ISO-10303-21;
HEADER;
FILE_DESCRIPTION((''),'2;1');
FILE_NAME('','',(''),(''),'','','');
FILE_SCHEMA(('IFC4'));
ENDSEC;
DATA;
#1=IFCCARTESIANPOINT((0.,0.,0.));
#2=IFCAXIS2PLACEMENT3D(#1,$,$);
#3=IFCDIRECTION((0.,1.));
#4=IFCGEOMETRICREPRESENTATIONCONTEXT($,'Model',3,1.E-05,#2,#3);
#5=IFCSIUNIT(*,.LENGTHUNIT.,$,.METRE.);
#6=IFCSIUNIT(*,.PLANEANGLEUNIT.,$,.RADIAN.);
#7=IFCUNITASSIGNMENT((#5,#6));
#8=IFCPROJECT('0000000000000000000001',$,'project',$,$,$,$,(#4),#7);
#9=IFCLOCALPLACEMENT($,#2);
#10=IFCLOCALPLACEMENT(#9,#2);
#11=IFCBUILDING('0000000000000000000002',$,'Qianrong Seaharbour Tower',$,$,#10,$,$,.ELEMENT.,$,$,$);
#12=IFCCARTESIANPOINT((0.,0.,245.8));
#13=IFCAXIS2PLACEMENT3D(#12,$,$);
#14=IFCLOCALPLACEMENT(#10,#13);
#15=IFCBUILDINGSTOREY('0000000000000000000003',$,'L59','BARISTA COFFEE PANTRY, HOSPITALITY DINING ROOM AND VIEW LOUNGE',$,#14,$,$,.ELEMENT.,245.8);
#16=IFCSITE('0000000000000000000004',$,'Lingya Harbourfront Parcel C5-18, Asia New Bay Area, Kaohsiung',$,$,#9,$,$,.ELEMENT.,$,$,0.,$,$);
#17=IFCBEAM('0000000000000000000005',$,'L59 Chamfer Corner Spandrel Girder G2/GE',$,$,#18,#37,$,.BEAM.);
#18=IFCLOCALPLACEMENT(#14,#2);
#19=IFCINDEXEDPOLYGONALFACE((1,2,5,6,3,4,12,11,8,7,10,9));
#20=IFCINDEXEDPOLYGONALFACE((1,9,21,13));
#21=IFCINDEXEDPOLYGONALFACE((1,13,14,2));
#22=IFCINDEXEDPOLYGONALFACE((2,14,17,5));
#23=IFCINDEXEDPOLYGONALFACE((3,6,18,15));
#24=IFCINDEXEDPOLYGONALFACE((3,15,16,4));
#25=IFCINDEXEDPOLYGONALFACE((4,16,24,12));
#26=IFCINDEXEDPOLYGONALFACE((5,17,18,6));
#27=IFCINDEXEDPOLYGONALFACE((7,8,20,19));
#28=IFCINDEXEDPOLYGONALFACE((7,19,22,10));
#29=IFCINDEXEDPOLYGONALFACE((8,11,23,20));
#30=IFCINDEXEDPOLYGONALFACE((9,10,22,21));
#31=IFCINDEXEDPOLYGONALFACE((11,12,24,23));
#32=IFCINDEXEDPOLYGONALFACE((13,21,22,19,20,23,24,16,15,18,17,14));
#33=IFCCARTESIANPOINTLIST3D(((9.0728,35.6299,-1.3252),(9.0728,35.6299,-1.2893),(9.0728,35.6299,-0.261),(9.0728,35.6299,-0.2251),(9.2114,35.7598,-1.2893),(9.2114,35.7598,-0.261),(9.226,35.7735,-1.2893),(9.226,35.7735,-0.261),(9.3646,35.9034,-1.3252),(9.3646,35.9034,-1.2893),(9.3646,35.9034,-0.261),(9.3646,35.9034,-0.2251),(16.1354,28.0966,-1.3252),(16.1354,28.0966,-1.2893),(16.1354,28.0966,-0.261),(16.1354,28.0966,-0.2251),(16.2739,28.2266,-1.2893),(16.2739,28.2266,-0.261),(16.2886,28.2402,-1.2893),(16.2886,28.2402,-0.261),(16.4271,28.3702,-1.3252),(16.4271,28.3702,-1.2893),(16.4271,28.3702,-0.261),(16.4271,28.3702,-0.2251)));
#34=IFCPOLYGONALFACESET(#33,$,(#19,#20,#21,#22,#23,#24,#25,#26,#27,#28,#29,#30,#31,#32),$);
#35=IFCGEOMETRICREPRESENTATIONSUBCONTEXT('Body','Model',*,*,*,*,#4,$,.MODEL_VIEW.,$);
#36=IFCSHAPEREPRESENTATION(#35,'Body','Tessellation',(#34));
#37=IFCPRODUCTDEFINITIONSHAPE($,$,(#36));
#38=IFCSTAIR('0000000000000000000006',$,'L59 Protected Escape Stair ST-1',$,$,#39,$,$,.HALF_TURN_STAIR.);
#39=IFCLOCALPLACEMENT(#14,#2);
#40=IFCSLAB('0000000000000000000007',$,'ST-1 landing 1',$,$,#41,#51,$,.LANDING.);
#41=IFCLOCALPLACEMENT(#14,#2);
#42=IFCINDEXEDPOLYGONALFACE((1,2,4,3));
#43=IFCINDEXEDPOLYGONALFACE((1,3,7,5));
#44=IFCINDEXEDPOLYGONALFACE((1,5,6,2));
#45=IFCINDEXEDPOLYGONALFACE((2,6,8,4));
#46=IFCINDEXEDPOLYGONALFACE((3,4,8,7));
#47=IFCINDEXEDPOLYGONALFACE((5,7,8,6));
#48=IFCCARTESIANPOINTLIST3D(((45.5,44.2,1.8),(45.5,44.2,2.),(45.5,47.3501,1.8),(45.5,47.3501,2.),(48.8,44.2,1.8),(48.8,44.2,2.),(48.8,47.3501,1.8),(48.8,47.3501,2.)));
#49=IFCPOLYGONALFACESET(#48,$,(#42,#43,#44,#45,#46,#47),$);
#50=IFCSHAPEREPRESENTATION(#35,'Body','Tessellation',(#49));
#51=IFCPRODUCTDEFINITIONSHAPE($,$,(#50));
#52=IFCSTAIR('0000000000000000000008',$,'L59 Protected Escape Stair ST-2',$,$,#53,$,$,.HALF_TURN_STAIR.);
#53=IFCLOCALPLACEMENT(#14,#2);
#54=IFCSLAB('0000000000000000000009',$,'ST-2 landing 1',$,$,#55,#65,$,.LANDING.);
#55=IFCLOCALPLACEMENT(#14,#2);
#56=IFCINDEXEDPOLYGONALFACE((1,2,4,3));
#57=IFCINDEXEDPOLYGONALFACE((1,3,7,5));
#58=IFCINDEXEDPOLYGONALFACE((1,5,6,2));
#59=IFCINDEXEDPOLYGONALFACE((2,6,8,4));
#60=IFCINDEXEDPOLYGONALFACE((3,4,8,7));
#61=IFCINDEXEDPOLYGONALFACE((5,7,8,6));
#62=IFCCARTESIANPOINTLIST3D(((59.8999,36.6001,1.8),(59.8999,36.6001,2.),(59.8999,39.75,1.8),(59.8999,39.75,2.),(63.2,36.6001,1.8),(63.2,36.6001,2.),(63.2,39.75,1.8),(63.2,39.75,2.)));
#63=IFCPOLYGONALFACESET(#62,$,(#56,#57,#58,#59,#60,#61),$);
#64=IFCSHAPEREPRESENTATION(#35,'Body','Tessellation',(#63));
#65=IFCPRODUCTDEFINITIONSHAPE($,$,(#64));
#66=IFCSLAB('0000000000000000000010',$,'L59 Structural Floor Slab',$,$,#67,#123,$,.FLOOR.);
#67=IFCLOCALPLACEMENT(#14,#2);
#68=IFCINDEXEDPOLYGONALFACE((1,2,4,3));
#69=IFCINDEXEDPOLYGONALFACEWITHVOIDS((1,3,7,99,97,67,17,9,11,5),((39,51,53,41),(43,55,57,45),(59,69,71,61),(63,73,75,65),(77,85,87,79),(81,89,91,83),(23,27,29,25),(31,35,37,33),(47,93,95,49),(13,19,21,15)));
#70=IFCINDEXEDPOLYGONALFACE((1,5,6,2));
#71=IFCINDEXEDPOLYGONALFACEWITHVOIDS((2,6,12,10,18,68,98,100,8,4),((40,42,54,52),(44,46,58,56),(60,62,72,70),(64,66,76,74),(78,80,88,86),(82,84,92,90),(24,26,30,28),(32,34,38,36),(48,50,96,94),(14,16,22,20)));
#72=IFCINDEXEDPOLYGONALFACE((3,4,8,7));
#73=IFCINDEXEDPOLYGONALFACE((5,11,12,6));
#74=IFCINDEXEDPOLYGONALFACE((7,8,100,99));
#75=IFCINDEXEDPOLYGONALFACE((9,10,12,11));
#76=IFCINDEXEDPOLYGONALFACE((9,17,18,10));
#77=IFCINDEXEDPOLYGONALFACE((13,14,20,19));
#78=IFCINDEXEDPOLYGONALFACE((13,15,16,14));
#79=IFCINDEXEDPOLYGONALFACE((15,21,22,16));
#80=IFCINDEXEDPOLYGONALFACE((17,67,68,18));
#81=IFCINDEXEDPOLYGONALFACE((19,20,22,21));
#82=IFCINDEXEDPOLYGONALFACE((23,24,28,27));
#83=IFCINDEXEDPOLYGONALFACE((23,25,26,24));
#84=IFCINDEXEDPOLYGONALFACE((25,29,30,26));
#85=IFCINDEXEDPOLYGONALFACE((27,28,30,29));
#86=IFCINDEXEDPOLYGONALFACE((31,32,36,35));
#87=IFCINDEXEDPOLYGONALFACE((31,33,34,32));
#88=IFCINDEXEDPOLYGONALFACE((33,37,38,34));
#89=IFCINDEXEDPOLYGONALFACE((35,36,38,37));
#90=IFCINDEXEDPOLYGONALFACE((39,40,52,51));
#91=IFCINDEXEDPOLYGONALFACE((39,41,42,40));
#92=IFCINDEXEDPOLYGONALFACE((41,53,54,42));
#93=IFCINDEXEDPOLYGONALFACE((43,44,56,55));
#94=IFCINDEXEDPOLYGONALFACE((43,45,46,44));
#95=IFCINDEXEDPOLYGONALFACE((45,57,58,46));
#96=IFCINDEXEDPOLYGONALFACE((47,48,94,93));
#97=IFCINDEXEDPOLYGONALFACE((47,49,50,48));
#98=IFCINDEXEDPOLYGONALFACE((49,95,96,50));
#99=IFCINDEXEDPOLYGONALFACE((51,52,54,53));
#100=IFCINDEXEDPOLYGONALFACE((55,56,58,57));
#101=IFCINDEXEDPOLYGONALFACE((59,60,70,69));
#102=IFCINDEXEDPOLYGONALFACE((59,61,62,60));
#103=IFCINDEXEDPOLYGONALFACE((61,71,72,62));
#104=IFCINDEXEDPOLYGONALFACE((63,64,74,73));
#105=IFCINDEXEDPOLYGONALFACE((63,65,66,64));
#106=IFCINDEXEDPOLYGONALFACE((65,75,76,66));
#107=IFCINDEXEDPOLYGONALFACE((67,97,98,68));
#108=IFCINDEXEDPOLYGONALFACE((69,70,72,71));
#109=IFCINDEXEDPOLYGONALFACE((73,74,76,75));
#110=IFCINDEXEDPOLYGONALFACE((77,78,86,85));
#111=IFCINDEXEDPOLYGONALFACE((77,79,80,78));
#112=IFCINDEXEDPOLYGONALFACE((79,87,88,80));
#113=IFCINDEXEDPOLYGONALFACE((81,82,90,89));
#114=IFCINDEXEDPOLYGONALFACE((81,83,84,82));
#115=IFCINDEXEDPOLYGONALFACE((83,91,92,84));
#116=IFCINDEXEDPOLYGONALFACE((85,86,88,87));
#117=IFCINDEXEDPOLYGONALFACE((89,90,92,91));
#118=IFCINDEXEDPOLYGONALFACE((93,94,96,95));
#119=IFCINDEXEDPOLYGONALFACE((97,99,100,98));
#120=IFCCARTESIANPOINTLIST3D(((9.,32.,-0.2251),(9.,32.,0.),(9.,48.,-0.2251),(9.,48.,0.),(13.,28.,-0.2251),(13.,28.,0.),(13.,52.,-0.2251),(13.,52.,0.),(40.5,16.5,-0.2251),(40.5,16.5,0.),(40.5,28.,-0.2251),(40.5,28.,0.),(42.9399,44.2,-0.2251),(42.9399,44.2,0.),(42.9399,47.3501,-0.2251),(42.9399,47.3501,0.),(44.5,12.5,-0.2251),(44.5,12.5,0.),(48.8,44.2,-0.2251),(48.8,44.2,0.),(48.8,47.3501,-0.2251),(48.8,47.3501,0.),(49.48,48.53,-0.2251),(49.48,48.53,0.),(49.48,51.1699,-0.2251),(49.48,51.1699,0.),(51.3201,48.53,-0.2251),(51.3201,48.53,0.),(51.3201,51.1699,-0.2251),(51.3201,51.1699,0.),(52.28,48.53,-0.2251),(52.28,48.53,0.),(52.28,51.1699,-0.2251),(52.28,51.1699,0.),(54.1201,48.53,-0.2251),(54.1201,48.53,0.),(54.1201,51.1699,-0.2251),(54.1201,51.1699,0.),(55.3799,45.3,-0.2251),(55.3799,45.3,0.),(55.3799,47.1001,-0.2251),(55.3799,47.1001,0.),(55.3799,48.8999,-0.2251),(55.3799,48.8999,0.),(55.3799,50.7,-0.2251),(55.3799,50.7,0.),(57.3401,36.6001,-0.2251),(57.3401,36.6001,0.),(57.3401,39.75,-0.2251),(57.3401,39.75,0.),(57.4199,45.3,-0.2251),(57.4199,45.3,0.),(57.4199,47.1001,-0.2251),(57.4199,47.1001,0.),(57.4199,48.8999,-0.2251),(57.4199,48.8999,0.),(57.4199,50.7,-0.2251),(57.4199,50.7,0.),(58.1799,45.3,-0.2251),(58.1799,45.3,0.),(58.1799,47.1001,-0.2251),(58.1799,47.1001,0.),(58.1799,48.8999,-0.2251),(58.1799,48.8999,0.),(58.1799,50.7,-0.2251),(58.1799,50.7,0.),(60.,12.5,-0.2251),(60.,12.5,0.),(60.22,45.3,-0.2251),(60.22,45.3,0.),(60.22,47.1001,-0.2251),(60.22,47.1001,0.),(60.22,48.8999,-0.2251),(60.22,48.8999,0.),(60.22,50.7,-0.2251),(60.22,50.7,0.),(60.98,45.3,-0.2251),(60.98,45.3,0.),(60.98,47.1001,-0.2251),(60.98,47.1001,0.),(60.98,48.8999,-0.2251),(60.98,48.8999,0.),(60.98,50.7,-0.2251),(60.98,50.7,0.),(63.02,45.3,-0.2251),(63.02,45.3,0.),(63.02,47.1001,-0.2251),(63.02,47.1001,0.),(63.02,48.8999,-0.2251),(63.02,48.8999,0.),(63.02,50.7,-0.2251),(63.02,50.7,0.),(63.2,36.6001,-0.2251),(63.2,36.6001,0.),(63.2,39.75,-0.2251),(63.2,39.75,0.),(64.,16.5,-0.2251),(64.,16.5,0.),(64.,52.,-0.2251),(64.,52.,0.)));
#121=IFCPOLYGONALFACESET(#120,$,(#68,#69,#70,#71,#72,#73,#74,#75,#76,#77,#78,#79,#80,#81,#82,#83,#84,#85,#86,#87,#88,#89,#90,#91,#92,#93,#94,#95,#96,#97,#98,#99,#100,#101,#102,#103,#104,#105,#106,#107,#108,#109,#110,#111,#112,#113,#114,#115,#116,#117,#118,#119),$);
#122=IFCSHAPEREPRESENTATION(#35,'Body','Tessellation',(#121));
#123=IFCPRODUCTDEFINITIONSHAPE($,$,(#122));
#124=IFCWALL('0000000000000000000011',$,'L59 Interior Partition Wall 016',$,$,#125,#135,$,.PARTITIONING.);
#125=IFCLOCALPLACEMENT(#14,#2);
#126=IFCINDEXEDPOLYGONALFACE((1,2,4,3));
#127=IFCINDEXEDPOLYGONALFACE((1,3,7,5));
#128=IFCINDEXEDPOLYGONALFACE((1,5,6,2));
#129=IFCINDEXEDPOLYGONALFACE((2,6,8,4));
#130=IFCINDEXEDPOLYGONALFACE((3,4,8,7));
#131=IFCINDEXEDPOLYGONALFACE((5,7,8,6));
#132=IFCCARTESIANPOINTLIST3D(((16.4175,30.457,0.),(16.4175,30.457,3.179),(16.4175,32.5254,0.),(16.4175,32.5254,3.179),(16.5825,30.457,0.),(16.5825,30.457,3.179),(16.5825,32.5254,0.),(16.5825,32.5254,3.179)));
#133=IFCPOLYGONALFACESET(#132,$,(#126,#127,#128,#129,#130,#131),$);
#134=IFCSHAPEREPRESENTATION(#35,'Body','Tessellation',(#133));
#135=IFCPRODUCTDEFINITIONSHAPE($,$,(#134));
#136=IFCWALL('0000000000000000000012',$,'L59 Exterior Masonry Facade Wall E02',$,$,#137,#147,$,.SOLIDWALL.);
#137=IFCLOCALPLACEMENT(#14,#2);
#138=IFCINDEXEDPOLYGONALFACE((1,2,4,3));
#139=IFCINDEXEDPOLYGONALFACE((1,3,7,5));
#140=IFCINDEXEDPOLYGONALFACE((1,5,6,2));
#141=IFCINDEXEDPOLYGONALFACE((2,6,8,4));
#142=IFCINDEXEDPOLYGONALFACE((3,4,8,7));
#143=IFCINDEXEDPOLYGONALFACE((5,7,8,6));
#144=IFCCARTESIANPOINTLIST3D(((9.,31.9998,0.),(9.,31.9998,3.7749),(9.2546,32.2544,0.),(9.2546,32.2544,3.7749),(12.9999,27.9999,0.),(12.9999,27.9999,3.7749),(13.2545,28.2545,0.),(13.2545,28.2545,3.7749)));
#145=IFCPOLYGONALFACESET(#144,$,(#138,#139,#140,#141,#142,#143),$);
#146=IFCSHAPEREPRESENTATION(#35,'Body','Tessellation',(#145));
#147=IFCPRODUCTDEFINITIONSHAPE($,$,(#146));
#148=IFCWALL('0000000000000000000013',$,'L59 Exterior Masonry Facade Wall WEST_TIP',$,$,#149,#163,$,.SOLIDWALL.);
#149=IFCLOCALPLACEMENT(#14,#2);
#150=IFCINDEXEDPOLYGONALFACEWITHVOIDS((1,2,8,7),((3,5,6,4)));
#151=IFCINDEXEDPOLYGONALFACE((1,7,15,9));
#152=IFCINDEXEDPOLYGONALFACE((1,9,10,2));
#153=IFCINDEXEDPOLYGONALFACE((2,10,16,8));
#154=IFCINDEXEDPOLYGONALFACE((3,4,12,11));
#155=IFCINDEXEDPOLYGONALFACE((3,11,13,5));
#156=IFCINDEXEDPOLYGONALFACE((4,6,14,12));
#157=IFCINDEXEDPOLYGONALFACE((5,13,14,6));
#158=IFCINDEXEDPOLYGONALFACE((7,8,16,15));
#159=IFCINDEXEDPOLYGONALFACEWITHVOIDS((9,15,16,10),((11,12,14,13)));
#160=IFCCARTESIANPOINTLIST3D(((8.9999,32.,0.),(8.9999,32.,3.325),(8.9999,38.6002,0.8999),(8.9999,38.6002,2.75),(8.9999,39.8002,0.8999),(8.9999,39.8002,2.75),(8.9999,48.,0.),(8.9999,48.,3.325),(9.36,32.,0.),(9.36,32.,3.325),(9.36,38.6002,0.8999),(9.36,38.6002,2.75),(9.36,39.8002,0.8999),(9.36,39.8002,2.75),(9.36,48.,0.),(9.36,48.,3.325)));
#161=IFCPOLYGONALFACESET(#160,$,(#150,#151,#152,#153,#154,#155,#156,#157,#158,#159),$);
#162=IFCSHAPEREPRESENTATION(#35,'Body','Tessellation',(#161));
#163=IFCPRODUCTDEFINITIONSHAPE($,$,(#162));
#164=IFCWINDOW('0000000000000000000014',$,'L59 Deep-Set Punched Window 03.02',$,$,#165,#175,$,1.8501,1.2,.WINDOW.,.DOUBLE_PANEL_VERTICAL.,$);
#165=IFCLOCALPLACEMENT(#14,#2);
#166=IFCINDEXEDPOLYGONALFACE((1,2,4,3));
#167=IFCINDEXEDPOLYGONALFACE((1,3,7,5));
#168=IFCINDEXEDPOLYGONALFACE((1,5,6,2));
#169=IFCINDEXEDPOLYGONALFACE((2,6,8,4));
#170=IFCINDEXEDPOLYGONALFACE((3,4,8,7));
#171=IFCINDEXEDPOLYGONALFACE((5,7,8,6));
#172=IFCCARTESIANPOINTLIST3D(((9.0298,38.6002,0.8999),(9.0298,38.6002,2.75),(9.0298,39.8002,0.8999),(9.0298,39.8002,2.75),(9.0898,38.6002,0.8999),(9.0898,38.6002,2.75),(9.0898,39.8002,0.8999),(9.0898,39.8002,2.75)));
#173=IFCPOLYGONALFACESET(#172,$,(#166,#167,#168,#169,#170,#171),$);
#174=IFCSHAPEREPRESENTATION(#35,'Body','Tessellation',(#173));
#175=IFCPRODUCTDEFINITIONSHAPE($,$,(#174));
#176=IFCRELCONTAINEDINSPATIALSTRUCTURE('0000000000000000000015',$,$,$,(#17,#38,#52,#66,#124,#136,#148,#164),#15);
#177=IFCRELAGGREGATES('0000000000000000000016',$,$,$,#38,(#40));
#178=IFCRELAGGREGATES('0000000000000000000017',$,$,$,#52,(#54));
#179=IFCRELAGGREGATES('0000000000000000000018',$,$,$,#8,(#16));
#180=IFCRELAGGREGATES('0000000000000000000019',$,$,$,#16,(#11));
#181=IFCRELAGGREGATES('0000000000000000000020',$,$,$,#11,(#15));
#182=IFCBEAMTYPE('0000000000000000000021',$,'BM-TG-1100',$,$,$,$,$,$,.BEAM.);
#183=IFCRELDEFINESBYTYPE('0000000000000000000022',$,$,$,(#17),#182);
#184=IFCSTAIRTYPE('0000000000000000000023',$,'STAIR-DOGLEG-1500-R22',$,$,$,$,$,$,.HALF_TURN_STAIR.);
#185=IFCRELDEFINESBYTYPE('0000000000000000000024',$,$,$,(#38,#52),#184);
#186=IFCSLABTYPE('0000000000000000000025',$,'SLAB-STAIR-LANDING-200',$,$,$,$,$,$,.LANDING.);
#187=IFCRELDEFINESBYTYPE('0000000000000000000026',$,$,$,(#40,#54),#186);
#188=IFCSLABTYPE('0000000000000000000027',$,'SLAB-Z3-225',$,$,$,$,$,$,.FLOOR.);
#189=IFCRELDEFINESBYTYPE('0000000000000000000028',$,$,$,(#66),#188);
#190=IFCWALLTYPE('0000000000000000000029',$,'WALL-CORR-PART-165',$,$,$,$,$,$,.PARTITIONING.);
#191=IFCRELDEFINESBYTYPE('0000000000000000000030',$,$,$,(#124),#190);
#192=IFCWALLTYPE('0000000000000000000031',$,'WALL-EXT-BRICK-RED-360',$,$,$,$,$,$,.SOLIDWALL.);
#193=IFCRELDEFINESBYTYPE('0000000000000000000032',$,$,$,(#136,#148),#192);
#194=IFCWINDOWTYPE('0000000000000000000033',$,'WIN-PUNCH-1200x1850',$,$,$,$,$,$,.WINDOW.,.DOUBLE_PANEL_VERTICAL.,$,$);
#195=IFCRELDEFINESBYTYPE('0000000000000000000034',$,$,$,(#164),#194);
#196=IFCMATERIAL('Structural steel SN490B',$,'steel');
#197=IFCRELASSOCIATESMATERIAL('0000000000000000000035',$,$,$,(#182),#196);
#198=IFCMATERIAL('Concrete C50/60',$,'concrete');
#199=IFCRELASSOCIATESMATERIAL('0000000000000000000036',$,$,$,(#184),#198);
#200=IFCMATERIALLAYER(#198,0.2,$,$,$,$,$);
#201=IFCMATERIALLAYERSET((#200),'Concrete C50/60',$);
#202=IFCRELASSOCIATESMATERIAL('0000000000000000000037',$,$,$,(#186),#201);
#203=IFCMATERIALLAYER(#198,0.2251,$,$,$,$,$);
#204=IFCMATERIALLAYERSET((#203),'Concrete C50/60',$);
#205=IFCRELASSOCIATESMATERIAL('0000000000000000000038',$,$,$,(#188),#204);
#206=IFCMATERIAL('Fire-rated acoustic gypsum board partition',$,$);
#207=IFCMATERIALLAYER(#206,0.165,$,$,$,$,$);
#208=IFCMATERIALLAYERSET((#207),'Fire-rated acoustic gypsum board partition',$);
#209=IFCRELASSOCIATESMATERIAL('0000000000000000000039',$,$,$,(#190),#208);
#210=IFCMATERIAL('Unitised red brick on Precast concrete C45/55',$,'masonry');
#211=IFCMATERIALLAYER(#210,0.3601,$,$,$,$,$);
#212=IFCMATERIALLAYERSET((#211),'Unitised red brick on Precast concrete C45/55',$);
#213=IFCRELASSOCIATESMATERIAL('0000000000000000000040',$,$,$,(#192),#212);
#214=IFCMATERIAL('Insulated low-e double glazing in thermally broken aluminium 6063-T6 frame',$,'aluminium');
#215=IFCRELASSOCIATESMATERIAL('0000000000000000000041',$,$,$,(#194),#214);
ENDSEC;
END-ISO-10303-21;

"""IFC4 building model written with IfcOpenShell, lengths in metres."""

from ifc_helpers import new_model, si_unit, direction, frame, frame_2d, origin, origin_2d, place, context, subcontext, project, spatial, polyline, rectangle, i_section, outline, extrude, material, layer, layer_set, material_profile, profile_set, type_object, element, fill, aggregate, save


model = new_model("IFC4")

# Units and contexts
model_context = context("Model", 3, precision=1e-05, world=origin(), true_north=direction((0.0, 1.0)))
body_context = subcontext(model_context, "Body", "Model", "MODEL_VIEW")
ifc_project = project(units=[si_unit("LENGTHUNIT", "METRE"), si_unit("PLANEANGLEUNIT", "RADIAN")], contexts=[model_context])

# Site, building, storey
site_placement = place(None, origin())
site = spatial("IfcSite", under=ifc_project, at=site_placement, Name="Lingya Harbourfront Parcel C5-18, Asia New Bay Area, Kaohsiung", CompositionType="ELEMENT", RefElevation=0.0)
building_placement = place(site_placement, origin())
building = spatial("IfcBuilding", under=site, at=building_placement, Name="Qianrong Seaharbour Tower", CompositionType="ELEMENT")
storey_placement = place(building_placement, frame((0.0, 0.0, 245.8)))
storey = spatial("IfcBuildingStorey", under=building, at=storey_placement, Name="L59", Description="BARISTA COFFEE PANTRY, HOSPITALITY DINING ROOM AND VIEW LOUNGE", CompositionType="ELEMENT", Elevation=245.8)

# Shared definitions
ifc_material_1 = material(Name="Structural steel SN490B", Category="steel")

# Beam
ifc_material_profile_1 = material_profile(ifc_material_1, i_section(OverallWidth=0.3999, OverallDepth=1.1001, WebThickness=0.02, FlangeThickness=0.0359, at=origin_2d()), Name="BH1100x400x20x36")
ifc_profile_set_1 = profile_set([ifc_material_profile_1], Name="Structural steel SN490B")
beam_type_1 = type_object("IfcBeamType", Name="BM-TG-1100", PredefinedType="BEAM", material=ifc_profile_set_1)
beam_1_placement = place(storey_placement, frame((16.2812, 28.2334, -0.7751), z_axis=(-0.683947, 0.729531, 0.0), x_axis=(-0.729531, -0.683947, 0.0)))
element("IfcBeam", 1, at=beam_1_placement, inside=storey, type_object=beam_type_1, Name="L59 Chamfer Corner Spandrel Girder G2/GE", PredefinedType="BEAM", context=body_context, shape_type="SweptSolid", body=[
    extrude(i_section(OverallWidth=0.3999, OverallDepth=1.1001, WebThickness=0.02, FlangeThickness=0.0359, at=origin_2d()), origin(), (0.0, 0.0, 1.0), 10.3262),
])

# Stairs, slabs
ifc_material_2 = material(Name="Concrete C50/60", Category="concrete")
stair_type = type_object("IfcStairType", Name="STAIR-DOGLEG-1500-R22", PredefinedType="HALF_TURN_STAIR", material=ifc_material_2)
stair_1_placement = place(storey_placement, origin())
stair_1 = element("IfcStair", 2, at=stair_1_placement, inside=storey, type_object=stair_type, Name="L59 Protected Escape Stair ST-1", PredefinedType="HALF_TURN_STAIR")
ifc_layer_1 = layer(ifc_material_2, 0.2)
ifc_layer_set_1 = layer_set([ifc_layer_1], Name="Concrete C50/60")
slab_type_1 = type_object("IfcSlabType", Name="SLAB-STAIR-LANDING-200", PredefinedType="LANDING", material=ifc_layer_set_1)
slab_1_placement = place(storey_placement, frame((0.0, 0.0, 1.8)))
slab_1 = element("IfcSlab", 3, at=slab_1_placement, type_object=slab_type_1, Name="ST-1 landing 1", PredefinedType="LANDING", context=body_context, shape_type="SweptSolid", body=[
    extrude(outline(polyline([(45.5, 44.2), (48.8, 44.2), (48.8, 47.3501), (45.5, 47.3501), (45.5, 44.2)])), origin(), (0.0, 0.0, 1.0), 0.2),
])
aggregate(stair_1, [slab_1])
stair_2_placement = place(storey_placement, origin())
stair_2 = element("IfcStair", 4, at=stair_2_placement, inside=storey, type_object=stair_type, Name="L59 Protected Escape Stair ST-2", PredefinedType="HALF_TURN_STAIR")
slab_2_placement = place(storey_placement, frame((0.0, 0.0, 1.8)))
slab_2 = element("IfcSlab", 5, at=slab_2_placement, type_object=slab_type_1, Name="ST-2 landing 1", PredefinedType="LANDING", context=body_context, shape_type="SweptSolid", body=[
    extrude(outline(polyline([(59.8999, 36.6001), (63.2, 36.6001), (63.2, 39.75), (59.8999, 39.75), (59.8999, 36.6001)])), origin(), (0.0, 0.0, 1.0), 0.2),
])
aggregate(stair_2, [slab_2])

# Slab
ifc_layer_2 = layer(ifc_material_2, 0.2251)
ifc_layer_set_2 = layer_set([ifc_layer_2], Name="Concrete C50/60")
slab_type_2 = type_object("IfcSlabType", Name="SLAB-Z3-225", PredefinedType="FLOOR", material=ifc_layer_set_2)
slab_3_placement = place(storey_placement, frame((0.0, 0.0, -0.2251)))
element("IfcSlab", 6, at=slab_3_placement, inside=storey, type_object=slab_type_2, Name="L59 Structural Floor Slab", PredefinedType="FLOOR", context=body_context, shape_type="SweptSolid", body=[
    extrude(outline(polyline([(44.5, 12.5), (60.0, 12.5), (64.0, 16.5), (64.0, 52.0), (13.0, 52.0), (9.0, 48.0), (9.0, 32.0), (13.0, 28.0), (40.5, 28.0), (40.5, 16.5), (44.5, 12.5)]), holes=[polyline([(42.9399, 44.2), (42.9399, 47.3501), (48.8, 47.3501), (48.8, 44.2), (42.9399, 44.2)]), polyline([(57.3401, 36.6001), (57.3401, 39.75), (63.2, 39.75), (63.2, 36.6001), (57.3401, 36.6001)]), polyline([(49.48, 48.53), (49.48, 51.1699), (51.3201, 51.1699), (51.3201, 48.53), (49.48, 48.53)]), polyline([(52.28, 48.53), (52.28, 51.1699), (54.1201, 51.1699), (54.1201, 48.53), (52.28, 48.53)]), polyline([(55.3799, 45.3), (55.3799, 47.1001), (57.4199, 47.1001), (57.4199, 45.3), (55.3799, 45.3)]), polyline([(58.1799, 45.3), (58.1799, 47.1001), (60.22, 47.1001), (60.22, 45.3), (58.1799, 45.3)]), polyline([(60.98, 45.3), (60.98, 47.1001), (63.02, 47.1001), (63.02, 45.3), (60.98, 45.3)]), polyline([(55.3799, 48.8999), (55.3799, 50.7), (57.4199, 50.7), (57.4199, 48.8999), (55.3799, 48.8999)]), polyline([(58.1799, 48.8999), (58.1799, 50.7), (60.22, 50.7), (60.22, 48.8999), (58.1799, 48.8999)]), polyline([(60.98, 48.8999), (60.98, 50.7), (63.02, 50.7), (63.02, 48.8999), (60.98, 48.8999)])]), origin(), (0.0, 0.0, 1.0), 0.2251),
])

# Walls
ifc_material_3 = material(Name="Fire-rated acoustic gypsum board partition")
ifc_layer_3 = layer(ifc_material_3, 0.165)
ifc_layer_set_3 = layer_set([ifc_layer_3], Name="Fire-rated acoustic gypsum board partition")
wall_type_1 = type_object("IfcWallType", Name="WALL-CORR-PART-165", PredefinedType="PARTITIONING", material=ifc_layer_set_3)
wall_1_placement = place(storey_placement, frame((16.5, 30.457, 0.0), z_axis=(0.0, 0.0, 1.0), x_axis=(0.0, 1.0, 0.0)))
element("IfcWall", 7, at=wall_1_placement, inside=storey, type_object=wall_type_1, Name="L59 Interior Partition Wall 016", PredefinedType="PARTITIONING", context=body_context, shape_type="SweptSolid", body=[
    extrude(rectangle(XDim=2.0684, YDim=0.165, at=frame_2d((1.0342, 0.0))), origin(), (0.0, 0.0, 1.0), 3.179),
])
ifc_material_4 = material(Name="Unitised red brick on Precast concrete C45/55", Category="masonry")
ifc_layer_4 = layer(ifc_material_4, 0.3601)
ifc_layer_set_4 = layer_set([ifc_layer_4], Name="Unitised red brick on Precast concrete C45/55")
wall_type_2 = type_object("IfcWallType", Name="WALL-EXT-BRICK-RED-360", PredefinedType="SOLIDWALL", material=ifc_layer_set_4)
wall_2_placement = place(storey_placement, frame((13.1272, 28.1272, 0.0), z_axis=(0.0, 0.0, 1.0), x_axis=(-0.707107, 0.707107, 0.0)))
element("IfcWall", 8, at=wall_2_placement, inside=storey, type_object=wall_type_2, Name="L59 Exterior Masonry Facade Wall E02", PredefinedType="SOLIDWALL", context=body_context, shape_type="SweptSolid", body=[
    extrude(rectangle(XDim=5.6567, YDim=0.3601, at=frame_2d((2.8284, 0.0))), origin(), (0.0, 0.0, 1.0), 3.7749),
])

# Wall, opening, window
wall_3_placement = place(storey_placement, frame((9.1799, 32.0, 0.0), z_axis=(0.0, 0.0, 1.0), x_axis=(0.0, 1.0, 0.0)))
wall_3 = element("IfcWall", 9, at=wall_3_placement, inside=storey, type_object=wall_type_2, Name="L59 Exterior Masonry Facade Wall WEST_TIP", PredefinedType="SOLIDWALL", context=body_context, shape_type="SweptSolid", body=[
    extrude(rectangle(XDim=16.0, YDim=0.3601, at=frame_2d((8.0, 0.0))), origin(), (0.0, 0.0, 1.0), 3.325),
])
opening_placement = place(wall_3_placement, frame((6.6001, 0.0, 0.8999)))
opening = element("IfcOpeningElement", 10, at=opening_placement, cuts=wall_3, PredefinedType="OPENING", context=body_context, shape_type="SweptSolid", body=[
    extrude(rectangle(XDim=1.2, YDim=1.8501, at=frame_2d((0.6001, 0.925))), frame((0.0, 0.1899, 0.0), z_axis=(0.0, -1.0, 0.0), x_axis=(1.0, 0.0, 0.0)), (0.0, 0.0, 1.0), 0.3801),
])
ifc_material_5 = material(Name="Insulated low-e double glazing in thermally broken aluminium 6063-T6 frame", Category="aluminium")
window_type = type_object("IfcWindowType", Name="WIN-PUNCH-1200x1850", PartitioningType="DOUBLE_PANEL_VERTICAL", PredefinedType="WINDOW", material=ifc_material_5)
window_placement = place(opening_placement, origin())
window = element("IfcWindow", 11, at=window_placement, inside=storey, type_object=window_type, Name="L59 Deep-Set Punched Window 03.02", OverallHeight=1.8501, OverallWidth=1.2, PartitioningType="DOUBLE_PANEL_VERTICAL", PredefinedType="WINDOW", context=body_context, shape_type="SweptSolid", body=[
    extrude(rectangle(XDim=1.2, YDim=1.8501, at=frame_2d((0.6001, 0.925))), frame((0.0, 0.1501, 0.0), z_axis=(0.0, -1.0, 0.0), x_axis=(1.0, 0.0, 0.0)), (0.0, 0.0, 1.0), 0.0601),
])
fill(opening, window)

save(model, "model.ifc")
